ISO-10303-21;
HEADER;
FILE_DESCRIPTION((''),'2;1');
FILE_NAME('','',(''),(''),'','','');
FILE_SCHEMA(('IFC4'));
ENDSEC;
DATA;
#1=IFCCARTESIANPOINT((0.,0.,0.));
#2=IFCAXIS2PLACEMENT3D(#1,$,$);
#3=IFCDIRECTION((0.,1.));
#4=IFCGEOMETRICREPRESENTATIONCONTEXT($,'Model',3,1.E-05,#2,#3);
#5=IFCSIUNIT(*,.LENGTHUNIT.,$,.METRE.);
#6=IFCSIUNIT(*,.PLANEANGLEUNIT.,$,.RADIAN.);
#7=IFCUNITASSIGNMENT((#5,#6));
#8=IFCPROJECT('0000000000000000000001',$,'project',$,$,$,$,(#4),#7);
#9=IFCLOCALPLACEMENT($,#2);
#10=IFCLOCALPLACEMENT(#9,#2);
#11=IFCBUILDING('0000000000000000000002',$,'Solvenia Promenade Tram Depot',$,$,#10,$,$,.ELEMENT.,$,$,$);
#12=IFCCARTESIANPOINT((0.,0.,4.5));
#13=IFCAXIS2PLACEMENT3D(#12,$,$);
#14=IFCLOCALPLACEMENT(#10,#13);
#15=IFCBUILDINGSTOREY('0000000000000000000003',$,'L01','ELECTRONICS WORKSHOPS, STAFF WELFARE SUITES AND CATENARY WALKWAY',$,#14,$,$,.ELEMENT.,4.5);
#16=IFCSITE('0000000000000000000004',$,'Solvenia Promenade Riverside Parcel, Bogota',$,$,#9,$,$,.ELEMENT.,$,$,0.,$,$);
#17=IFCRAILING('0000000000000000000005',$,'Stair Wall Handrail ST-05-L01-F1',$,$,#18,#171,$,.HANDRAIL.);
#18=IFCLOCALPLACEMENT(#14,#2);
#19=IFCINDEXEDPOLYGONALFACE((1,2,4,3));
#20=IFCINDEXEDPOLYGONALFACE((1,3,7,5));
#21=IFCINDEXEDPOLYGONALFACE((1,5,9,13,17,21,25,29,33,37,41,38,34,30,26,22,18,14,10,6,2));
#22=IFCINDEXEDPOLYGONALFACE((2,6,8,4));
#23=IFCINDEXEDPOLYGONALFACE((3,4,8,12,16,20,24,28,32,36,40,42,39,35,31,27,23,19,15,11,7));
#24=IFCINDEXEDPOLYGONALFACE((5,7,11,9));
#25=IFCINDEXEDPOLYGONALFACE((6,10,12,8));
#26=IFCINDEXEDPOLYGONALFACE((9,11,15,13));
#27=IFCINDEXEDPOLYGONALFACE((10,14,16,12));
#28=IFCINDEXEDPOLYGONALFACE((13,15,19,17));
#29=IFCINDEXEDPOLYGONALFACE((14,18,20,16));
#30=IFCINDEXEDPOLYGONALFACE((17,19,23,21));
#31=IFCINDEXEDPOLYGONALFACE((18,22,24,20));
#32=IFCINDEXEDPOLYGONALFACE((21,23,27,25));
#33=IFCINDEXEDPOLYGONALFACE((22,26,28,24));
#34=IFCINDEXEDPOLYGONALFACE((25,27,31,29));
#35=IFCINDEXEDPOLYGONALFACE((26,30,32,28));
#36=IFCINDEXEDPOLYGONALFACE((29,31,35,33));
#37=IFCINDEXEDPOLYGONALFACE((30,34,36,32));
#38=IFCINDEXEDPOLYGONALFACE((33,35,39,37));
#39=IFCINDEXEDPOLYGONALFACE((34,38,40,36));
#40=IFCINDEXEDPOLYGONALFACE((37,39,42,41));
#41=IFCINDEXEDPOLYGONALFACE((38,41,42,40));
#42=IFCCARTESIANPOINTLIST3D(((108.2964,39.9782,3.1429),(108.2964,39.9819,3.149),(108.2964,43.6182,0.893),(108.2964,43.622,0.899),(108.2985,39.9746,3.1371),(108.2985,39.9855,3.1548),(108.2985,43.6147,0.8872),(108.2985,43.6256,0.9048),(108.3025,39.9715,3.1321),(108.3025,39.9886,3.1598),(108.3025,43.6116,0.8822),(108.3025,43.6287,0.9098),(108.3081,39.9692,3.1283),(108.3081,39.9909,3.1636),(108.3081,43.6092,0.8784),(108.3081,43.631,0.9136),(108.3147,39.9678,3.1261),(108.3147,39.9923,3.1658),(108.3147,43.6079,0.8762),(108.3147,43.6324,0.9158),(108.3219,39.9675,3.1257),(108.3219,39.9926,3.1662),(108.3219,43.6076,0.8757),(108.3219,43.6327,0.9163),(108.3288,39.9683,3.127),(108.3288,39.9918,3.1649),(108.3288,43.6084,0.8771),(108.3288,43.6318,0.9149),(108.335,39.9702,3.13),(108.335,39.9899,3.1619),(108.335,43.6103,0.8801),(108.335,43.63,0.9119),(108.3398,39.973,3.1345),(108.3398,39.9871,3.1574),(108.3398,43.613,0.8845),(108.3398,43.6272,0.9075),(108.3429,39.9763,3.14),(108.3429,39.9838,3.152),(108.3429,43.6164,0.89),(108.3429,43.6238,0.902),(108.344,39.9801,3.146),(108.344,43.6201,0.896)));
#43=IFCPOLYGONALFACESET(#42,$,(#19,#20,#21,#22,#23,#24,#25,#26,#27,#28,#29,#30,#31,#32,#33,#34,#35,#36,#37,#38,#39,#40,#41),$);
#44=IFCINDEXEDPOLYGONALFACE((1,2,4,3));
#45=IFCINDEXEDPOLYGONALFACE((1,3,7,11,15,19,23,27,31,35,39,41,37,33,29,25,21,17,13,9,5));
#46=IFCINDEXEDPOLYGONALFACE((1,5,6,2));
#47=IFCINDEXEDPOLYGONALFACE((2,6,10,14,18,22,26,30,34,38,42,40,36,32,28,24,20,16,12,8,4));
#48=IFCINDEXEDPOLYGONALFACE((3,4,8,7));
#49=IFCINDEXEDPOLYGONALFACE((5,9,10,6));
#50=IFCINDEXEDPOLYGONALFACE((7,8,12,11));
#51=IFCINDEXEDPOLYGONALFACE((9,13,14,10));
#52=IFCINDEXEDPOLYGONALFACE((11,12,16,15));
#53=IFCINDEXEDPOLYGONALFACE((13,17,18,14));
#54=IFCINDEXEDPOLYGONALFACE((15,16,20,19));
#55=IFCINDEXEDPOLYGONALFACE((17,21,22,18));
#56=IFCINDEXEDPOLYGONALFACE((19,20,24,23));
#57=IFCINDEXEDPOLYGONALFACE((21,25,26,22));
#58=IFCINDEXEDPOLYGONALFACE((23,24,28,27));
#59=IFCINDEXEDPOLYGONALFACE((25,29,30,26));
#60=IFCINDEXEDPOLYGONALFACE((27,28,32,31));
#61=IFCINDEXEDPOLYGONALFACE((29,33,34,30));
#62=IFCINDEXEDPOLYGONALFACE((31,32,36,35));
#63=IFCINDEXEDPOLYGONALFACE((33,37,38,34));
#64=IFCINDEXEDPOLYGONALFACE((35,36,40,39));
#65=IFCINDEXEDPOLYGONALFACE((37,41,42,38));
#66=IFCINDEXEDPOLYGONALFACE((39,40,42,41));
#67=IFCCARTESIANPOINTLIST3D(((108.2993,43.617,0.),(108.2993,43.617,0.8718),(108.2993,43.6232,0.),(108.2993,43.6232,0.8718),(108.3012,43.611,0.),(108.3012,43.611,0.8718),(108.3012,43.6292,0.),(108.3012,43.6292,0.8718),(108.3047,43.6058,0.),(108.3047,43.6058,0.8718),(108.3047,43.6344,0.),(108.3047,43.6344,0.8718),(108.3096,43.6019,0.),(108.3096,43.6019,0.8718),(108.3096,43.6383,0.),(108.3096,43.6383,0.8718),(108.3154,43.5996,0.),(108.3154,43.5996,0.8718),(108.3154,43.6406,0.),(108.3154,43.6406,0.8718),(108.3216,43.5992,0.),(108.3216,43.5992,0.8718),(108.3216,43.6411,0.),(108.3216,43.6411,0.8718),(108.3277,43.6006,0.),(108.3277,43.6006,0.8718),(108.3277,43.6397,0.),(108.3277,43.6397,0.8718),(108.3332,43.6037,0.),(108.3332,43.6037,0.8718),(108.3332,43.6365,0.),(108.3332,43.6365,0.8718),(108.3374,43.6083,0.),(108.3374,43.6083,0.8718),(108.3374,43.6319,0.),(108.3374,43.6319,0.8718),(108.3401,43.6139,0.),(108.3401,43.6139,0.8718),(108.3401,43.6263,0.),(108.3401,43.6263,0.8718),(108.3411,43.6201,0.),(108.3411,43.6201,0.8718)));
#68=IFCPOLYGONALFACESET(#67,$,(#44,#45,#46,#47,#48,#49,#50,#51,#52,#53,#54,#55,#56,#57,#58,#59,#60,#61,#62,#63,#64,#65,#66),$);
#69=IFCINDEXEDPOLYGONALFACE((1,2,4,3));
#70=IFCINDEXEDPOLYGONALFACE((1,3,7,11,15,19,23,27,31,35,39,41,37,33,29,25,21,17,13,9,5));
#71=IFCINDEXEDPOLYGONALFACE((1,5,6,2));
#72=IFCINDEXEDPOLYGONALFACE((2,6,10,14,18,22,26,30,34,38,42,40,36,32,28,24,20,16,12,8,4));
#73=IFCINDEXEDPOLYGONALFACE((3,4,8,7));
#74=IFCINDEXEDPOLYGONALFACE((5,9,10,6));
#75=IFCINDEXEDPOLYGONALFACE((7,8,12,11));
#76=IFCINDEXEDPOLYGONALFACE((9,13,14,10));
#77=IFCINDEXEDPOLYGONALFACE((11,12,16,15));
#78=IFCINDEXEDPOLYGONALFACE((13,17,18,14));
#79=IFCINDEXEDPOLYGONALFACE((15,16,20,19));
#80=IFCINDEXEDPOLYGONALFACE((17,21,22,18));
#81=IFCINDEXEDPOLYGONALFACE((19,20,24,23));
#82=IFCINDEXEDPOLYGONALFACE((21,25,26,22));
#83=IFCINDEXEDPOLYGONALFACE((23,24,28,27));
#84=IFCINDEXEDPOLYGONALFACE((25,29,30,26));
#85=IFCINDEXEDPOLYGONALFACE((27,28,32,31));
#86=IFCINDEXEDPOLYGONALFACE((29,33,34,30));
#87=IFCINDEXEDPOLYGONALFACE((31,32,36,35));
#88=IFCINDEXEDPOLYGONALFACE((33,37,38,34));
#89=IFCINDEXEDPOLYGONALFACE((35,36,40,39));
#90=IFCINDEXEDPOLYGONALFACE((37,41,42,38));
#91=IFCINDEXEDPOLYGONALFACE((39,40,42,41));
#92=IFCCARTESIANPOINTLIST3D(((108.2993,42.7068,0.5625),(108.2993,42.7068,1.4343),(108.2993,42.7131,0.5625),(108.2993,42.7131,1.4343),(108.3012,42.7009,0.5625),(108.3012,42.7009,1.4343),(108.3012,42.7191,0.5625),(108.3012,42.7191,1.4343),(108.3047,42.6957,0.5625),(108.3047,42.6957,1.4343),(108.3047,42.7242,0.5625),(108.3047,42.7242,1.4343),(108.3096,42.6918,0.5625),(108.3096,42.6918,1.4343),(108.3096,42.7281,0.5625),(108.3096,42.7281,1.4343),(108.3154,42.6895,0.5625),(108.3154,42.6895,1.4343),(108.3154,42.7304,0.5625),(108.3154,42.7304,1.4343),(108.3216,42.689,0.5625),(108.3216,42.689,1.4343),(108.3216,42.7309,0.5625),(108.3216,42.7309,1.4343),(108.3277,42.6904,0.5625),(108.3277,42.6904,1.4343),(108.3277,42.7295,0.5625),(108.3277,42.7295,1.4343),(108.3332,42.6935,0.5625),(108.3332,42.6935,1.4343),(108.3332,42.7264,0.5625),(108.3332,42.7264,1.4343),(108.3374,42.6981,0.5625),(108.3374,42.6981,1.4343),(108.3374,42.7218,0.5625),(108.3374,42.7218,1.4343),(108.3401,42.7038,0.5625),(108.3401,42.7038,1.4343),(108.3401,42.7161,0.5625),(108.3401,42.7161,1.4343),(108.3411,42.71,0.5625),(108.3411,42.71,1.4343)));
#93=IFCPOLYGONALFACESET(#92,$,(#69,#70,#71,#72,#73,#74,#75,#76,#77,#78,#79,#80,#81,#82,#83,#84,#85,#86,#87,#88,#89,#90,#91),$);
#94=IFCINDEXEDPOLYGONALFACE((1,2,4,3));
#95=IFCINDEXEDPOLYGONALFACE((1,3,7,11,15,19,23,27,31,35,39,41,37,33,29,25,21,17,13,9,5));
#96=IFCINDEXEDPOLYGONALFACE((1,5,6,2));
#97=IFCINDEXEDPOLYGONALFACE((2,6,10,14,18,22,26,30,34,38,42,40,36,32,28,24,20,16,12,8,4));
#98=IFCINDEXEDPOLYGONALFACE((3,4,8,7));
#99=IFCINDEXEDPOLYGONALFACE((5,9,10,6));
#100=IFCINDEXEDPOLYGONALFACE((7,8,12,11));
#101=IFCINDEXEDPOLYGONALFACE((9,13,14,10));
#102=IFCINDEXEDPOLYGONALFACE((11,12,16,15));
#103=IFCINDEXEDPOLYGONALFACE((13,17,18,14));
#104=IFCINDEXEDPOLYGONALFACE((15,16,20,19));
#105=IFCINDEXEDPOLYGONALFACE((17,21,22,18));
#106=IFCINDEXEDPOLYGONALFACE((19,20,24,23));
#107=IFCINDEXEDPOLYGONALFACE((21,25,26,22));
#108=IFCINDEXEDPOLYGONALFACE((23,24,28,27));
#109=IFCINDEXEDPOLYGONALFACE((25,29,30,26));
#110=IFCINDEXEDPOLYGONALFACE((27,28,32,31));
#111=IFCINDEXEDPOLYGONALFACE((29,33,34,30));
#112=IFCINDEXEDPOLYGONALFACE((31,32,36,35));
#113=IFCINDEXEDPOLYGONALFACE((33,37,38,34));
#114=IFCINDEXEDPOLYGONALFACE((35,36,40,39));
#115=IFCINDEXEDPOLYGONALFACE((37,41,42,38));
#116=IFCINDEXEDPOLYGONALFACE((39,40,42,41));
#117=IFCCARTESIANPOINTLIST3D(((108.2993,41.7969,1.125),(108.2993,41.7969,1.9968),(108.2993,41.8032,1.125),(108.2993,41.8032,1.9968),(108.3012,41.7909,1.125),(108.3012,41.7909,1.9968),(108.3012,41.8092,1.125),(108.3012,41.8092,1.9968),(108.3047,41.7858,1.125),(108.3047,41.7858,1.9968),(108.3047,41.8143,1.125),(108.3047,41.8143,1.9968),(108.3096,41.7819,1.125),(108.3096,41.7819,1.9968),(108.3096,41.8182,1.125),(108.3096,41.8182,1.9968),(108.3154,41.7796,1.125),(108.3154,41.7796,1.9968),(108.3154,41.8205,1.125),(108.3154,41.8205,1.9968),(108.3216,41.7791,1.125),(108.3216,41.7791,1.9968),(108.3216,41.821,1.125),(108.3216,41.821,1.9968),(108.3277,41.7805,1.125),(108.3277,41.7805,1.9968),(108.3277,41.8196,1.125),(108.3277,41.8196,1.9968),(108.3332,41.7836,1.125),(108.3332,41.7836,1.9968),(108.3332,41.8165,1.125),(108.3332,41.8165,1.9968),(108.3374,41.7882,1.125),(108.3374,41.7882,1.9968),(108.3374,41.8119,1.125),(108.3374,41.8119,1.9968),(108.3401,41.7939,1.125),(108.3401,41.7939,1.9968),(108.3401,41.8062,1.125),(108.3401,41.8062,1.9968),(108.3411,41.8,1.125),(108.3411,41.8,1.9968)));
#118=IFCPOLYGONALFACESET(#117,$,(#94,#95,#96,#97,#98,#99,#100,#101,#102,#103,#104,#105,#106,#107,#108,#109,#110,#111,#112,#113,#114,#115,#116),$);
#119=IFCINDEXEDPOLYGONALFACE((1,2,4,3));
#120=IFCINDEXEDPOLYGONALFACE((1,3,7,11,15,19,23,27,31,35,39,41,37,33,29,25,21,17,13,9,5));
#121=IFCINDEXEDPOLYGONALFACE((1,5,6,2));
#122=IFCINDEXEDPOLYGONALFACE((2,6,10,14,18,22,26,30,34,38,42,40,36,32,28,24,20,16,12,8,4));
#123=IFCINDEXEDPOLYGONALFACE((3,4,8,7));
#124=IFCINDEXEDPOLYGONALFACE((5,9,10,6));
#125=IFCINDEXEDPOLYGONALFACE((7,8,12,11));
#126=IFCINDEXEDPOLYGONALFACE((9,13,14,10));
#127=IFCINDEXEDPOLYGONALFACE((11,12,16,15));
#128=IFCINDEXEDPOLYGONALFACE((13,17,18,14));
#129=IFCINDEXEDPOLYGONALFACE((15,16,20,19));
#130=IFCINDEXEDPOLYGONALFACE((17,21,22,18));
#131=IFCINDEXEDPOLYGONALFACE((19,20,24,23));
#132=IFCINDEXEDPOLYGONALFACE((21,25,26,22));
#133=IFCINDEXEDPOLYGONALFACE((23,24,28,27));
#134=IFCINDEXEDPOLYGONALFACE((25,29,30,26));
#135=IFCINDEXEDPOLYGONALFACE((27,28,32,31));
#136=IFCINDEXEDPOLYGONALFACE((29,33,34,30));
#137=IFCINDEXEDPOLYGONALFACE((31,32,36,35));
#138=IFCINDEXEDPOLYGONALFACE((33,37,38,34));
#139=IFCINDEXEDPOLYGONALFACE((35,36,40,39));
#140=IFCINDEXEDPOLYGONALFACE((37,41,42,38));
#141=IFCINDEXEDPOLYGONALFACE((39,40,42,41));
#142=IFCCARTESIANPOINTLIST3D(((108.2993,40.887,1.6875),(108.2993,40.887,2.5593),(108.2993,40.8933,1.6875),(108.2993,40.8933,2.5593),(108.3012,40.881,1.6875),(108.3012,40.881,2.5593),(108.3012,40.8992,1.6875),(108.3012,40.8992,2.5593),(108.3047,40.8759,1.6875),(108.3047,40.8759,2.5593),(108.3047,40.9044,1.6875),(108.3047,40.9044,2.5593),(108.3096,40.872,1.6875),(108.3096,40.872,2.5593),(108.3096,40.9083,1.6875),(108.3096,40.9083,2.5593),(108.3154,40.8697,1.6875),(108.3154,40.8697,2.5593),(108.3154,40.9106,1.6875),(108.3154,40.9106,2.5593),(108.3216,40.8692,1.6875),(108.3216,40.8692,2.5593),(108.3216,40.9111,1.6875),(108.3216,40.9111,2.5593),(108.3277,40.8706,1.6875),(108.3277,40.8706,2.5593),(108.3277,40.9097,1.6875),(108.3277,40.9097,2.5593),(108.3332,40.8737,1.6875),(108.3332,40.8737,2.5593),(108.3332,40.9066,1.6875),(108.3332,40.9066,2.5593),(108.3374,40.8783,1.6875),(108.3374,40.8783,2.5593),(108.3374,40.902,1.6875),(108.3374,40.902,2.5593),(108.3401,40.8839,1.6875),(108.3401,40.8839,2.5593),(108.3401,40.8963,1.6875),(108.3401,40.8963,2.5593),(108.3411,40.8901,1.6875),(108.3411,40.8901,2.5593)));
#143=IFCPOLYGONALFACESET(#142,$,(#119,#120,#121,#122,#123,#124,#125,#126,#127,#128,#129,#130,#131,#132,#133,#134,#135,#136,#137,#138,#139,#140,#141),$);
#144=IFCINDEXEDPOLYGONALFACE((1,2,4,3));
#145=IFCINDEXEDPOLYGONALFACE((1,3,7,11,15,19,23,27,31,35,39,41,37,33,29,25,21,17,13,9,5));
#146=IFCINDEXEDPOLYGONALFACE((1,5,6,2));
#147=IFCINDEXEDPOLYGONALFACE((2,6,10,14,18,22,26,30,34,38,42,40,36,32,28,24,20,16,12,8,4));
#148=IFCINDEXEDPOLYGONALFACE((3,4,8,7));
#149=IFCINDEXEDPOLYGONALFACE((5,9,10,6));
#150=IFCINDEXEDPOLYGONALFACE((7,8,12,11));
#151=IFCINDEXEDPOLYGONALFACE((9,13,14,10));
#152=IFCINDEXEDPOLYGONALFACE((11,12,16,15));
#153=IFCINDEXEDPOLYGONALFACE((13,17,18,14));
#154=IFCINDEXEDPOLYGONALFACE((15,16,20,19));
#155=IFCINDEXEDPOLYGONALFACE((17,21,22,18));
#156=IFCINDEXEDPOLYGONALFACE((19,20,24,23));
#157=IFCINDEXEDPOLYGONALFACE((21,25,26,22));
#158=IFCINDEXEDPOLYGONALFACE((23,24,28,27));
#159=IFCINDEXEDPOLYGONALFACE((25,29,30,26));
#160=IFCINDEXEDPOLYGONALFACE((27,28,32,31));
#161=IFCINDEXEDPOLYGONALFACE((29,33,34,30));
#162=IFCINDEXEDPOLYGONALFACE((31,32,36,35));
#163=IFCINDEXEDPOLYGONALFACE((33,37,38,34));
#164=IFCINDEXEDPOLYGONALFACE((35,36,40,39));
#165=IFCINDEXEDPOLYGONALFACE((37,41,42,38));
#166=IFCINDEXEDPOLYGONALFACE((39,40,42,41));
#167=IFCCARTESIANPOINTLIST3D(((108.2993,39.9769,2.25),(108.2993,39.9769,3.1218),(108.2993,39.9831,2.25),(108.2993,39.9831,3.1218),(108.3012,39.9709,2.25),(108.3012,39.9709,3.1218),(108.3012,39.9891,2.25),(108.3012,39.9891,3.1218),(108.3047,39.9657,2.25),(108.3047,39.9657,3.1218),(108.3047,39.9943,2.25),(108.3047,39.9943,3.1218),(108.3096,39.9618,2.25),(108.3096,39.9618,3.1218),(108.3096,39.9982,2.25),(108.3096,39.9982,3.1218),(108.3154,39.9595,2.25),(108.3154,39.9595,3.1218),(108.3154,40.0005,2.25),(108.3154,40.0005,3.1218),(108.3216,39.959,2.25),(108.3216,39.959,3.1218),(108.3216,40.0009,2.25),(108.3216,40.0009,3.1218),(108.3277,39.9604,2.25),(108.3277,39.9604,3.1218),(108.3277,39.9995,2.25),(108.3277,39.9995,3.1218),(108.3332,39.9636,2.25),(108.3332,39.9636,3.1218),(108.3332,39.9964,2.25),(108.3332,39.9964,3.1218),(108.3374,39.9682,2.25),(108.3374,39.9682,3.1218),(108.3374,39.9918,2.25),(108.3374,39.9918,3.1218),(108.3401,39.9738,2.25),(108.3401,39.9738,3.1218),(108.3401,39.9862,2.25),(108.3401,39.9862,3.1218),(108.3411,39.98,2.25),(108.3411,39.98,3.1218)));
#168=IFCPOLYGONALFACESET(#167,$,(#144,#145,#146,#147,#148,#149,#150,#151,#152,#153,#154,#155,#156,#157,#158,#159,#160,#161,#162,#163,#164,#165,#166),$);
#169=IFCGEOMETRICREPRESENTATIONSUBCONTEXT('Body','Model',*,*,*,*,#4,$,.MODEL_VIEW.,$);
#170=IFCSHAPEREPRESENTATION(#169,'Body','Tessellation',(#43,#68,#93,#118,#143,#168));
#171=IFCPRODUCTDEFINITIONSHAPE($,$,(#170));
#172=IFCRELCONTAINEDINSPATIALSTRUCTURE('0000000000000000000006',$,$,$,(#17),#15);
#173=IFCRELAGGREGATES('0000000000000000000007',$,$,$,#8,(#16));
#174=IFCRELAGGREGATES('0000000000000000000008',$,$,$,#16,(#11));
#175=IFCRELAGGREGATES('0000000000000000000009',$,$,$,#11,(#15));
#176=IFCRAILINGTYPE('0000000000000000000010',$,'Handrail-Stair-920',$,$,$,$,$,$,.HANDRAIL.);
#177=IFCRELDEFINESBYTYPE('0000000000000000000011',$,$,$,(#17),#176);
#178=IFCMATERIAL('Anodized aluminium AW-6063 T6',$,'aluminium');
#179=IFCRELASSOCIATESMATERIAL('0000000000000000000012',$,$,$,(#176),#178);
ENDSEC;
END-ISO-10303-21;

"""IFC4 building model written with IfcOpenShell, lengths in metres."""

from ifc_helpers import new_model, si_unit, direction, frame, origin, origin_2d, place, context, subcontext, project, spatial, circle, extrude, material, type_object, element, save


model = new_model("IFC4")

# Units and contexts
model_context = context("Model", 3, precision=1e-05, world=origin(), true_north=direction((0.0, 1.0)))
body_context = subcontext(model_context, "Body", "Model", "MODEL_VIEW")
ifc_project = project(units=[si_unit("LENGTHUNIT", "METRE"), si_unit("PLANEANGLEUNIT", "RADIAN")], contexts=[model_context])

# Site, building, storey
site_placement = place(None, origin())
site = spatial("IfcSite", under=ifc_project, at=site_placement, Name="Solvenia Promenade Riverside Parcel, Bogota", CompositionType="ELEMENT", RefElevation=0.0)
building_placement = place(site_placement, origin())
building = spatial("IfcBuilding", under=site, at=building_placement, Name="Solvenia Promenade Tram Depot", CompositionType="ELEMENT")
storey_placement = place(building_placement, frame((0.0, 0.0, 4.5)))
storey = spatial("IfcBuildingStorey", under=building, at=storey_placement, Name="L01", Description="ELECTRONICS WORKSHOPS, STAFF WELFARE SUITES AND CATENARY WALKWAY", CompositionType="ELEMENT", Elevation=4.5)

# Shared definitions
ifc_material_1 = material(Name="Anodized aluminium AW-6063 T6", Category="aluminium")

# Railing
railing_type = type_object("IfcRailingType", Name="Handrail-Stair-920", PredefinedType="HANDRAIL", material=ifc_material_1)
railing_placement = place(storey_placement, frame((108.3201, 43.6201, 0.0)))
element("IfcRailing", 1, at=railing_placement, inside=storey, type_object=railing_type, Name="Stair Wall Handrail ST-05-L01-F1", PredefinedType="HANDRAIL", context=body_context, shape_type="SweptSolid", body=[
    extrude(circle(Radius=0.0239, at=origin_2d()), frame((0.0, 0.0, 0.896), z_axis=(0.0, -0.850622, 0.525777), x_axis=(1.0, 0.0, 0.0)), (0.0, 0.0, 1.0), 4.2793),
    extrude(circle(Radius=0.021, at=origin_2d()), origin(), (0.0, 0.0, 1.0), 0.8718),
    extrude(circle(Radius=0.021, at=origin_2d()), frame((0.0, -0.9102, 0.5625)), (0.0, 0.0, 1.0), 0.8718),
    extrude(circle(Radius=0.021, at=origin_2d()), frame((0.0, -1.8201, 1.125)), (0.0, 0.0, 1.0), 0.8718),
    extrude(circle(Radius=0.021, at=origin_2d()), frame((0.0, -2.73, 1.6875)), (0.0, 0.0, 1.0), 0.8718),
    extrude(circle(Radius=0.021, at=origin_2d()), frame((0.0, -3.6401, 2.25)), (0.0, 0.0, 1.0), 0.8718),
])

save(model, "model.ifc")
